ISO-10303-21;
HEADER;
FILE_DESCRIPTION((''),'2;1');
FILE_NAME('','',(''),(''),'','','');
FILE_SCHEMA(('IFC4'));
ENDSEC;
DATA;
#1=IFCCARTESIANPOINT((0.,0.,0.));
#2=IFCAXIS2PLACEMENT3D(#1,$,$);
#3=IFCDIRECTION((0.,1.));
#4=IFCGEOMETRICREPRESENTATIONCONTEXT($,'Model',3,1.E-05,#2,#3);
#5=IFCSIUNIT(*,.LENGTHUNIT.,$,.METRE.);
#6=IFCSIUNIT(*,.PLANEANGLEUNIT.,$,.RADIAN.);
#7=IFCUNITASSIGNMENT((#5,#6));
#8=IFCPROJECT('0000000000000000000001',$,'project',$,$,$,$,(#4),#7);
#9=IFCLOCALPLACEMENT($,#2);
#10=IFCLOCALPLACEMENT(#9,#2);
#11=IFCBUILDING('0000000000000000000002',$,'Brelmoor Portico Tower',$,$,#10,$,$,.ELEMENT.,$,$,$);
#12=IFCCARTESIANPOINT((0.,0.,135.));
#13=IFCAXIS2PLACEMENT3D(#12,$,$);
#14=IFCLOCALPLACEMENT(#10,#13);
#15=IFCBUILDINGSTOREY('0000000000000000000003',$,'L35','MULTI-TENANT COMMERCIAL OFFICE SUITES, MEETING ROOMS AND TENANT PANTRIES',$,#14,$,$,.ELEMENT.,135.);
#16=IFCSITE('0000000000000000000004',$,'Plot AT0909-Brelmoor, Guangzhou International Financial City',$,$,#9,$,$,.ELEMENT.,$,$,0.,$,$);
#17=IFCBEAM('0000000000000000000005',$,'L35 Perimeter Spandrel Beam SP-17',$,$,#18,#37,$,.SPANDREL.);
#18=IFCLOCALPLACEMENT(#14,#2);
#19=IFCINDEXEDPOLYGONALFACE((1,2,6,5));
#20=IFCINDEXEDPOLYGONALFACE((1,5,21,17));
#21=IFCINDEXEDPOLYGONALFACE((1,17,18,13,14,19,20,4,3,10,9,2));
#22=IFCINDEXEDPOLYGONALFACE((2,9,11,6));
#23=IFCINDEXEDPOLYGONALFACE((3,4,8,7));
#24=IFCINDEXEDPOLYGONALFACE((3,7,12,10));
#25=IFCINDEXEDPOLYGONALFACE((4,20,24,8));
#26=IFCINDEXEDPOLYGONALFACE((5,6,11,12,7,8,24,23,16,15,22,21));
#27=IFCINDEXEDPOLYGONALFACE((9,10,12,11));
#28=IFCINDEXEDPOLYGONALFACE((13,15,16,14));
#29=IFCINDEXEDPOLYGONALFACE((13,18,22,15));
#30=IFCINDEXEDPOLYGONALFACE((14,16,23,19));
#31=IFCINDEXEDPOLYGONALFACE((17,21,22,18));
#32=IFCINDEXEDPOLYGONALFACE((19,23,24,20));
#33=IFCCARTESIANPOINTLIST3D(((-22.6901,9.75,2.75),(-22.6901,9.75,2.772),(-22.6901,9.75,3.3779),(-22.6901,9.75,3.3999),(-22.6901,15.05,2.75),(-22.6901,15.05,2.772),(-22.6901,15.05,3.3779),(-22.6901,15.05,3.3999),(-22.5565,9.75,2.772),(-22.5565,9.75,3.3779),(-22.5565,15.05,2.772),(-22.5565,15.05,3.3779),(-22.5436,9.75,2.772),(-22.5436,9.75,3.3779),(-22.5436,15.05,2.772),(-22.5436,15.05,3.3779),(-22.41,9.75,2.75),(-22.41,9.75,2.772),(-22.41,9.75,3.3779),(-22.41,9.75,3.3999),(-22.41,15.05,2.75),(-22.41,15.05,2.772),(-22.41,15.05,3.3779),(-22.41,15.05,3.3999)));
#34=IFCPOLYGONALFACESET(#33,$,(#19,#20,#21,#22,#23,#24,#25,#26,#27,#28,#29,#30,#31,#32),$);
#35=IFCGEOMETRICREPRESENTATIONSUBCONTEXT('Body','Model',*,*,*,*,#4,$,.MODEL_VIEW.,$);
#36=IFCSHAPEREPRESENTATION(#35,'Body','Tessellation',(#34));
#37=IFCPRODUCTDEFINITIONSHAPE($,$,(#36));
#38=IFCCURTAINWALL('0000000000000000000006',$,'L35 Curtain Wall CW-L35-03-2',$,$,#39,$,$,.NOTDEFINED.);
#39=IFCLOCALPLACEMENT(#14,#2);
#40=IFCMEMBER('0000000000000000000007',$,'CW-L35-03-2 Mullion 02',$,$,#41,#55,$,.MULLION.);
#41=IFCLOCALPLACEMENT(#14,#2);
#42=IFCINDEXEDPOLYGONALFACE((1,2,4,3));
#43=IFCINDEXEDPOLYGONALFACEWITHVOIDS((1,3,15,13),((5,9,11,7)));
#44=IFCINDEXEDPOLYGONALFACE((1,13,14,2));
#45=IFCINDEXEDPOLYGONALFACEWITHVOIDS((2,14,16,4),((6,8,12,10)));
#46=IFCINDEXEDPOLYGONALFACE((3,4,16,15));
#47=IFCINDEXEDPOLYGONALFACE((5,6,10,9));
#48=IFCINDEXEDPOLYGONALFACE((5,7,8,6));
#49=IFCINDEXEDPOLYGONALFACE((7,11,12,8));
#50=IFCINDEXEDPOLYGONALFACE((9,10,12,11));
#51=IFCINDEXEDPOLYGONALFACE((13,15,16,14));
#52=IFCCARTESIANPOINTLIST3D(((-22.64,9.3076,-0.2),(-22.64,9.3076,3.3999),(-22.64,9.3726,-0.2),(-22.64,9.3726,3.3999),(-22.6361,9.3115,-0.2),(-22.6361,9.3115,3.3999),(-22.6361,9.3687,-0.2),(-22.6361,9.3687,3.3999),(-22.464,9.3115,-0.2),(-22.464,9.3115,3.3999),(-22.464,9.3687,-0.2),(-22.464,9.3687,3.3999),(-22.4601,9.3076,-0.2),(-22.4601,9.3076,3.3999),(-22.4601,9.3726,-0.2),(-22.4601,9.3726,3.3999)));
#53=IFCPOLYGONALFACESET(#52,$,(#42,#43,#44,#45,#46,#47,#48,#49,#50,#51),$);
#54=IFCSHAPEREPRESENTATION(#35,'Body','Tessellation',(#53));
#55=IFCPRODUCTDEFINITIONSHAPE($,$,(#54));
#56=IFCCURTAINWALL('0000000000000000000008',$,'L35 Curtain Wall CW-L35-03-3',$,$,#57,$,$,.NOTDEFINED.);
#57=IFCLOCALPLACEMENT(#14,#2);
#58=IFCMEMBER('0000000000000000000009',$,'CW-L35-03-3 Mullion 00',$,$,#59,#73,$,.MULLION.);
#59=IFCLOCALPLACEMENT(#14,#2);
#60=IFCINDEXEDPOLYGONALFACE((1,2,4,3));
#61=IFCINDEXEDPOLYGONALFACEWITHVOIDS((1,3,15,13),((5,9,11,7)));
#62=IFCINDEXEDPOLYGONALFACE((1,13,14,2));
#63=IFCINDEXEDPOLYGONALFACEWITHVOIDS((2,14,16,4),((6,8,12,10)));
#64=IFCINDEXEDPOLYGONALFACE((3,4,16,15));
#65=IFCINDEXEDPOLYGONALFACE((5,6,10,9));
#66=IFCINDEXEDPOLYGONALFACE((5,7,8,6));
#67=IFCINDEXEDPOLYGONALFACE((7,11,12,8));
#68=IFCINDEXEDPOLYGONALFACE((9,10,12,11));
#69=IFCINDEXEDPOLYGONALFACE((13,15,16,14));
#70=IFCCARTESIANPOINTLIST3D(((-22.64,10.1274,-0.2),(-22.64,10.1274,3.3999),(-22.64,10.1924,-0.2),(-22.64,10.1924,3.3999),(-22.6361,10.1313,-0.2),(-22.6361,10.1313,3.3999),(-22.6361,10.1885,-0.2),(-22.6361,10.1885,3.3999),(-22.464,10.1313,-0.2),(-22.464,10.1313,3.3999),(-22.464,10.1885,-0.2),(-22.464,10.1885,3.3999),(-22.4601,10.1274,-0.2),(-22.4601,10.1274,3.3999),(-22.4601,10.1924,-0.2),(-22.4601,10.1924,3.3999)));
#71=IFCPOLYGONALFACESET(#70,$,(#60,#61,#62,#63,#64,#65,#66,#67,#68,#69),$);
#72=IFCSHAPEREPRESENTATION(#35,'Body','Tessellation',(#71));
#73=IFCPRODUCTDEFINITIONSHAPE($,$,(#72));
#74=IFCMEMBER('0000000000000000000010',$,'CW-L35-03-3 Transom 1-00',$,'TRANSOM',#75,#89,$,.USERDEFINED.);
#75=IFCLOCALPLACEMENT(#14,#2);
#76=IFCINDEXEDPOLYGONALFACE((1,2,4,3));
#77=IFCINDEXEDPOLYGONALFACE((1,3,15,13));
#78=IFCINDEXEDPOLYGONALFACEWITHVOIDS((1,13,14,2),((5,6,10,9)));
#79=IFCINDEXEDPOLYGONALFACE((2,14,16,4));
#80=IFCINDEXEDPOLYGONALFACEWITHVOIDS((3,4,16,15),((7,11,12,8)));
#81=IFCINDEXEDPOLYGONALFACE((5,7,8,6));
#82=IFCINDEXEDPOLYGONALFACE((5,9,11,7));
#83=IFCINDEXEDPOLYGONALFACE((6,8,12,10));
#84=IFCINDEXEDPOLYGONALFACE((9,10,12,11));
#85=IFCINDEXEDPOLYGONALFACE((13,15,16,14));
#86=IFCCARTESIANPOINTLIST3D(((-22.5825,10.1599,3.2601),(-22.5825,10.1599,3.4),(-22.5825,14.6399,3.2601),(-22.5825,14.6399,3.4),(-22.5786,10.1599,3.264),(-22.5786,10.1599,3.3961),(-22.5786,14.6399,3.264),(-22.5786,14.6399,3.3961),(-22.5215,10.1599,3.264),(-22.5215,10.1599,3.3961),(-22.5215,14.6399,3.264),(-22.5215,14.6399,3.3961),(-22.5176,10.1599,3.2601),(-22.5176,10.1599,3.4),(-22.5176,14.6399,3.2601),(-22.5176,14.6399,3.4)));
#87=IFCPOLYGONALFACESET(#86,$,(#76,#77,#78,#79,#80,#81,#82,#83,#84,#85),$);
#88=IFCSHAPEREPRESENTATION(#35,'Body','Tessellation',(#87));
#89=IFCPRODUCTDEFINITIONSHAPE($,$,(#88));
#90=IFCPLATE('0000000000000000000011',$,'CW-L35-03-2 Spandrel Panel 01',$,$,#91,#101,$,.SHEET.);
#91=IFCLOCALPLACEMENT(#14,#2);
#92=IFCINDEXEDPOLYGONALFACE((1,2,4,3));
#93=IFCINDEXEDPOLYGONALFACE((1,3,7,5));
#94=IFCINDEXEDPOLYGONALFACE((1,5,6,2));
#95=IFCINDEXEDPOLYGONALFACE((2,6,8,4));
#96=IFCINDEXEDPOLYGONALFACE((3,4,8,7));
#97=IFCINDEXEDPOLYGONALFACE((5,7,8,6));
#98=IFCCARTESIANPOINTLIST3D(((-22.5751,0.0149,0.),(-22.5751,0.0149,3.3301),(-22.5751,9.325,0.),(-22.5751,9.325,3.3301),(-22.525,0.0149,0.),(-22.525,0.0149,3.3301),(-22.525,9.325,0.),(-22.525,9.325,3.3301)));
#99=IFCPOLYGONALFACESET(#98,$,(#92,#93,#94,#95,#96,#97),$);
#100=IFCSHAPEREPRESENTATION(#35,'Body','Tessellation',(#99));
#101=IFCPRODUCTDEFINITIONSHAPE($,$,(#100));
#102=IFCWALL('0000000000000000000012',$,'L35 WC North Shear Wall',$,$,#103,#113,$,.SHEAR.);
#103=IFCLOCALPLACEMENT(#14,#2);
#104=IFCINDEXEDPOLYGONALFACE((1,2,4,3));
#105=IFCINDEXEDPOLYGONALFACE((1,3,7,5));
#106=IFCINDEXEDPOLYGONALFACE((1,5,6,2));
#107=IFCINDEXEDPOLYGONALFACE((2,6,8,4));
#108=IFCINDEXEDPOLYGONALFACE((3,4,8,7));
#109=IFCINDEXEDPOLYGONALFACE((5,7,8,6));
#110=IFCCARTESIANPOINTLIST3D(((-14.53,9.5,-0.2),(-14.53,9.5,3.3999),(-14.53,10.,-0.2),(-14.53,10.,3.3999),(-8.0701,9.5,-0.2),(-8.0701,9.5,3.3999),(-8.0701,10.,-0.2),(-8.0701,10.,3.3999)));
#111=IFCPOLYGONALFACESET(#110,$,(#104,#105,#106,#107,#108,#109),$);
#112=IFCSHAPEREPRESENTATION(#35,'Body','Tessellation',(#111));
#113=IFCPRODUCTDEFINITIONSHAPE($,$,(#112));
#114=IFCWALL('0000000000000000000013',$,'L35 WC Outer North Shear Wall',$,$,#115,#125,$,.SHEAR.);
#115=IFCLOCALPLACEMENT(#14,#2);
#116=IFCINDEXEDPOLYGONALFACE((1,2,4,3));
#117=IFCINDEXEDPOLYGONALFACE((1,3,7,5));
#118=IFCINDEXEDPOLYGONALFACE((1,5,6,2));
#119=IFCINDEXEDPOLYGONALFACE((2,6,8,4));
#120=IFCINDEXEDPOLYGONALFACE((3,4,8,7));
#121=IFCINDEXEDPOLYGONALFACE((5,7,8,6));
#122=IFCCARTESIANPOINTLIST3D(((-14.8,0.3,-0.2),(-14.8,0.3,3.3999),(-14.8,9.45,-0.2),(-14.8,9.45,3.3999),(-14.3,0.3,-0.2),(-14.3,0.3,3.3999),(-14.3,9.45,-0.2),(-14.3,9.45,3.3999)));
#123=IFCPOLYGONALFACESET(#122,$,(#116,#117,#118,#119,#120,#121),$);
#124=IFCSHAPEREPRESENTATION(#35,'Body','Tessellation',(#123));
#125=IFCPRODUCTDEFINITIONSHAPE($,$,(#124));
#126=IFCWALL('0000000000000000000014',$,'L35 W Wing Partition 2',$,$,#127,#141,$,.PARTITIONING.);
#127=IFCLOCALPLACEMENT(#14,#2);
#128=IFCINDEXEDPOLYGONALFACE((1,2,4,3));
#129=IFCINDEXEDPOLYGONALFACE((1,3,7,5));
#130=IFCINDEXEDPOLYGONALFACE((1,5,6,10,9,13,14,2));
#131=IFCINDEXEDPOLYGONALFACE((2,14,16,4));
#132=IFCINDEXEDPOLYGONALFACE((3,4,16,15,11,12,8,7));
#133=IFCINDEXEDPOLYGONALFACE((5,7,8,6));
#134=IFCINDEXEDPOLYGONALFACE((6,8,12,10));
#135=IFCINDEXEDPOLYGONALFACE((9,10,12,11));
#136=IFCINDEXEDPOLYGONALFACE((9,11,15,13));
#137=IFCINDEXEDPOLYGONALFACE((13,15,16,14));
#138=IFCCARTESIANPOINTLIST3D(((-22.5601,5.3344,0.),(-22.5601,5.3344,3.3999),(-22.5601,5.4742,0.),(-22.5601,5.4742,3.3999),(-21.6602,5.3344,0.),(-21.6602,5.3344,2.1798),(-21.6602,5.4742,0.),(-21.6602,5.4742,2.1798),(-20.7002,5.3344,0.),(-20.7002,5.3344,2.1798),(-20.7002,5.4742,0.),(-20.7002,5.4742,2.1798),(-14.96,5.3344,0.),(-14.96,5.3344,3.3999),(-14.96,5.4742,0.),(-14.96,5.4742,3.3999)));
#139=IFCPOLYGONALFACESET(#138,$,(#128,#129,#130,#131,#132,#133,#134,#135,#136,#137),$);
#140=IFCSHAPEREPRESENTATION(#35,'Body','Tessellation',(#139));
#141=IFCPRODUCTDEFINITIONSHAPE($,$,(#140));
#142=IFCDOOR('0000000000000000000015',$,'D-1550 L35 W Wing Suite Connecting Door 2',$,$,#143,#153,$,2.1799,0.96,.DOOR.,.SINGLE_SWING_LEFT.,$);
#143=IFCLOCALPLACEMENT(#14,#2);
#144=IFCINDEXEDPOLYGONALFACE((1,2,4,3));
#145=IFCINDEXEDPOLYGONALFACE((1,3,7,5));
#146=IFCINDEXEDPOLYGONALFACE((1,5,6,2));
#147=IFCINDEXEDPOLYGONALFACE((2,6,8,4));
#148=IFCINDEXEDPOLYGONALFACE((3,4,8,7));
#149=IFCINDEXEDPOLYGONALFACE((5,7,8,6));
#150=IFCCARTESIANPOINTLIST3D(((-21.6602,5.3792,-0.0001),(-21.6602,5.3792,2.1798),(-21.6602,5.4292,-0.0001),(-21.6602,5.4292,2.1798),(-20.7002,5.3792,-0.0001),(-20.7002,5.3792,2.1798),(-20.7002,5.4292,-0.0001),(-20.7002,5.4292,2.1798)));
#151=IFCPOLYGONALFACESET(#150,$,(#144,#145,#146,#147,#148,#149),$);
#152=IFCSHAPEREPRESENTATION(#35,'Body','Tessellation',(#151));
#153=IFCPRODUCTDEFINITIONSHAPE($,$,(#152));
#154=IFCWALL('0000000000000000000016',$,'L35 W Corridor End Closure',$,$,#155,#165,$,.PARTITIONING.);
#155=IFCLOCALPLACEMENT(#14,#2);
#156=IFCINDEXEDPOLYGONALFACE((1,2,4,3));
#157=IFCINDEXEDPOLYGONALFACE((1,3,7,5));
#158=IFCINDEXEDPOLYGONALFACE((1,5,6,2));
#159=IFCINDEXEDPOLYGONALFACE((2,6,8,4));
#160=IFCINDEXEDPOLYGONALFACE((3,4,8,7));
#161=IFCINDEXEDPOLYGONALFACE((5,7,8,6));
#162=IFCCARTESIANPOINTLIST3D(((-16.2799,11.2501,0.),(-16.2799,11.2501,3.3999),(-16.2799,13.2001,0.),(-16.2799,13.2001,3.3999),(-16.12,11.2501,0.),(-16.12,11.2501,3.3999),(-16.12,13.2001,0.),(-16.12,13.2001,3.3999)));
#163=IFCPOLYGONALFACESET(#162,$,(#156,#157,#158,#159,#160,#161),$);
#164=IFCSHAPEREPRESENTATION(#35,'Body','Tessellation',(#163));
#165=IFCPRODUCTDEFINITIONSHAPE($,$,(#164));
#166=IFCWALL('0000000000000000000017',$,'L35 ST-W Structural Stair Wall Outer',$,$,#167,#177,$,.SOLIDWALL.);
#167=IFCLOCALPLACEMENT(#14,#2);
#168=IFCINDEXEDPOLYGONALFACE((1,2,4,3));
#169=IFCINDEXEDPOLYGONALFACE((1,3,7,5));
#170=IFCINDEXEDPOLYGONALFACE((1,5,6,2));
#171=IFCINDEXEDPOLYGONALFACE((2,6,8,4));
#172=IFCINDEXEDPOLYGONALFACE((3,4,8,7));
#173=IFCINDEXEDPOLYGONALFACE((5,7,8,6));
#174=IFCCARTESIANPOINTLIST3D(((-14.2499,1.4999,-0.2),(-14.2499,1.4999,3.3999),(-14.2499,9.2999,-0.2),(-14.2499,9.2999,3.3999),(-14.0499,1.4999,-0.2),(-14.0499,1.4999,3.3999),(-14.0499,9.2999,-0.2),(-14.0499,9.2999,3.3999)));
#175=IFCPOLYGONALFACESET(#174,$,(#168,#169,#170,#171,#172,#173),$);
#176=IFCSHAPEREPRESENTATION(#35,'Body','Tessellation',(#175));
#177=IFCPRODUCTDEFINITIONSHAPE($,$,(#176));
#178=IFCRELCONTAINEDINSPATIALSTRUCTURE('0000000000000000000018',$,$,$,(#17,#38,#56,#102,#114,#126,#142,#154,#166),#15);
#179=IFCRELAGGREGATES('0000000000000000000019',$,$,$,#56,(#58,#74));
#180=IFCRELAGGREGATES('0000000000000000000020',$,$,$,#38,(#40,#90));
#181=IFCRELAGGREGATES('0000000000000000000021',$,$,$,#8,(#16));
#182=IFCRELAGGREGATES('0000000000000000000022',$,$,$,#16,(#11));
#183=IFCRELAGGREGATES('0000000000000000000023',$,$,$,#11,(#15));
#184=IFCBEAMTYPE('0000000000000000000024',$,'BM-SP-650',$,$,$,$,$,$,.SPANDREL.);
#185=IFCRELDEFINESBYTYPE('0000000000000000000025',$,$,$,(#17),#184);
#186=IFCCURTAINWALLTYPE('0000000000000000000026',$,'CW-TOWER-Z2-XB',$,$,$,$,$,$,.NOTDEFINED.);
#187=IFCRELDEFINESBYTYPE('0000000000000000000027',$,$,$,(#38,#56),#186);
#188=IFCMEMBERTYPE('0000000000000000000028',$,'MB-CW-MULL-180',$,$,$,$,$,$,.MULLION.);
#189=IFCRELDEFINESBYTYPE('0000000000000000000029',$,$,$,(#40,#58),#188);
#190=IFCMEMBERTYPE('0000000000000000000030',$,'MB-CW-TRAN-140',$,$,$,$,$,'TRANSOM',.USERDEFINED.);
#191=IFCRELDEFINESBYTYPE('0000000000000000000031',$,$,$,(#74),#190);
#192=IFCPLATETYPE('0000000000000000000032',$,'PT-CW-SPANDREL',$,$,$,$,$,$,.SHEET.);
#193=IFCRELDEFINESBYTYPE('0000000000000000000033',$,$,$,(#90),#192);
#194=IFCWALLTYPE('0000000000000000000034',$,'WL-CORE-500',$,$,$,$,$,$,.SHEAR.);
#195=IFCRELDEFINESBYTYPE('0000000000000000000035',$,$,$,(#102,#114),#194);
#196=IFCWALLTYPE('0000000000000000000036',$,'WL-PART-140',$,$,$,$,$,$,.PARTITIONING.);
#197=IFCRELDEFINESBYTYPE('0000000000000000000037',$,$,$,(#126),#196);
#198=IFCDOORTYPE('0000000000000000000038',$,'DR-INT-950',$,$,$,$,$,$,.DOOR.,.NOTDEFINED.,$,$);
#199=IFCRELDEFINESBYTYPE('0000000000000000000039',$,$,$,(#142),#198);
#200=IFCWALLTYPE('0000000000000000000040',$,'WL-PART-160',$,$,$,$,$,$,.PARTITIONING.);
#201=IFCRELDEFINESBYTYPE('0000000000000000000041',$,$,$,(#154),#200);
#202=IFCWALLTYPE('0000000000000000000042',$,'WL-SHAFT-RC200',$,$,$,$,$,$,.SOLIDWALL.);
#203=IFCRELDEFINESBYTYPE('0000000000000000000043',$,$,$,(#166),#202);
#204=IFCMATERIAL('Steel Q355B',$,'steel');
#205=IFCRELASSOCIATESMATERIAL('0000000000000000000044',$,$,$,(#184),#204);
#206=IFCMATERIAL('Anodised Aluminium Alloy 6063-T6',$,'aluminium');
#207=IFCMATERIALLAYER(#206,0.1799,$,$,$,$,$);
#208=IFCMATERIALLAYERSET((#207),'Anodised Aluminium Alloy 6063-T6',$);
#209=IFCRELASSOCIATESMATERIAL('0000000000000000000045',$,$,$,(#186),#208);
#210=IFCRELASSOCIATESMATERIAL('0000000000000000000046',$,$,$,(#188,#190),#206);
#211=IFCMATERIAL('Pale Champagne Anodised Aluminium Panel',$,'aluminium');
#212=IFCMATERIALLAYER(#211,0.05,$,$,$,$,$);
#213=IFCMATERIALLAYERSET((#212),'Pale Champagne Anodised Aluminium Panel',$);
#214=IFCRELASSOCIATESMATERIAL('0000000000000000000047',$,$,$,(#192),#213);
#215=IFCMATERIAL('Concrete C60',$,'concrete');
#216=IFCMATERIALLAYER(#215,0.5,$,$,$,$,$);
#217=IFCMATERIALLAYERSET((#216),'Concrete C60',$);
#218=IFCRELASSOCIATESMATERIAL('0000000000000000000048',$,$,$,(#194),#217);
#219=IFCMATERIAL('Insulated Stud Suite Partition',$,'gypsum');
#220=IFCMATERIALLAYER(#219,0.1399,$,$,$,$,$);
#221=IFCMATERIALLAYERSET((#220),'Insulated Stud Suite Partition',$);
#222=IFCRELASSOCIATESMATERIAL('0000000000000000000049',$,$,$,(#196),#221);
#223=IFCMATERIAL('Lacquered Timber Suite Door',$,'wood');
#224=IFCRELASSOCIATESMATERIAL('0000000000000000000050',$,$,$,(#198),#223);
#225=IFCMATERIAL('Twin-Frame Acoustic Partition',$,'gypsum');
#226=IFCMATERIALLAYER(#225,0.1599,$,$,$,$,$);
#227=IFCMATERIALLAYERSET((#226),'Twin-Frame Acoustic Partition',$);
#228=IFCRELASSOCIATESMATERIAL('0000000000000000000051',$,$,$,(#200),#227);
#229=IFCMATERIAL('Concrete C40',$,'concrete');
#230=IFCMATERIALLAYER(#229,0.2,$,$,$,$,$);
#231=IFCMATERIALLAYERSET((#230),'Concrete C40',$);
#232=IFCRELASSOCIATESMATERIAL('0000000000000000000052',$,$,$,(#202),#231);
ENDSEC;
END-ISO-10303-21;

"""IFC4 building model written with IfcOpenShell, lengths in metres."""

from ifc_helpers import new_model, si_unit, direction, frame, frame_2d, origin, origin_2d, place, context, subcontext, project, spatial, rectangle, hollow_rectangle, i_section, extrude, material, layer, layer_set, material_profile, profile_set, type_object, element, fill, aggregate, save


model = new_model("IFC4")

# Units and contexts
model_context = context("Model", 3, precision=1e-05, world=origin(), true_north=direction((0.0, 1.0)))
body_context = subcontext(model_context, "Body", "Model", "MODEL_VIEW")
ifc_project = project(units=[si_unit("LENGTHUNIT", "METRE"), si_unit("PLANEANGLEUNIT", "RADIAN")], contexts=[model_context])

# Site, building, storey
site_placement = place(None, origin())
site = spatial("IfcSite", under=ifc_project, at=site_placement, Name="Plot AT0909-Brelmoor, Guangzhou International Financial City", CompositionType="ELEMENT", RefElevation=0.0)
building_placement = place(site_placement, origin())
building = spatial("IfcBuilding", under=site, at=building_placement, Name="Brelmoor Portico Tower", CompositionType="ELEMENT")
storey_placement = place(building_placement, frame((0.0, 0.0, 135.0)))
storey = spatial("IfcBuildingStorey", under=building, at=storey_placement, Name="L35", Description="MULTI-TENANT COMMERCIAL OFFICE SUITES, MEETING ROOMS AND TENANT PANTRIES", CompositionType="ELEMENT", Elevation=135.0)

# Shared definitions
ifc_material_1 = material(Name="Steel Q355B", Category="steel")

# Beam
ifc_material_profile_1 = material_profile(ifc_material_1, i_section(OverallWidth=0.28, OverallDepth=0.6499, WebThickness=0.0129, FlangeThickness=0.022, at=origin_2d()), Name="HN 650x280x13x22")
ifc_profile_set_1 = profile_set([ifc_material_profile_1], Name="Steel Q355B")
beam_type_1 = type_object("IfcBeamType", Name="BM-SP-650", PredefinedType="SPANDREL", material=ifc_profile_set_1)
beam_1_placement = place(storey_placement, frame((-22.55, 9.75, 3.075), z_axis=(0.0, 1.0, 0.0), x_axis=(-1.0, 0.0, 0.0)))
element("IfcBeam", 1, at=beam_1_placement, inside=storey, type_object=beam_type_1, Name="L35 Perimeter Spandrel Beam SP-17", PredefinedType="SPANDREL", context=body_context, shape_type="SweptSolid", body=[
    extrude(i_section(OverallWidth=0.28, OverallDepth=0.6499, WebThickness=0.0129, FlangeThickness=0.022, at=origin_2d()), origin(), (0.0, 0.0, 1.0), 5.3),
])

# Curtain wall, member
ifc_material_2 = material(Name="Anodised Aluminium Alloy 6063-T6", Category="aluminium")
ifc_layer_1 = layer(ifc_material_2, 0.1799)
ifc_layer_set_1 = layer_set([ifc_layer_1], Name="Anodised Aluminium Alloy 6063-T6")
curtain_wall_type = type_object("IfcCurtainWallType", Name="CW-TOWER-Z2-XB", PredefinedType="NOTDEFINED", material=ifc_layer_set_1)
curtain_wall_1_placement = place(storey_placement, origin())
curtain_wall_1 = element("IfcCurtainWall", 2, at=curtain_wall_1_placement, inside=storey, type_object=curtain_wall_type, Name="L35 Curtain Wall CW-L35-03-2", PredefinedType="NOTDEFINED")
ifc_material_profile_2 = material_profile(ifc_material_2, hollow_rectangle(XDim=0.0649, YDim=0.1799, WallThickness=0.0039, at=origin_2d()), Name="ALU MULLION 65x180")
ifc_profile_set_2 = profile_set([ifc_material_profile_2], Name="Anodised Aluminium Alloy 6063-T6")
member_type_1 = type_object("IfcMemberType", Name="MB-CW-MULL-180", PredefinedType="MULLION", material=ifc_profile_set_2)
member_1_placement = place(storey_placement, frame((-22.55, 9.3401, -0.2), z_axis=(0.0, 0.0, 1.0), x_axis=(0.0, 1.0, 0.0)))
member_1 = element("IfcMember", 3, at=member_1_placement, type_object=member_type_1, Name="CW-L35-03-2 Mullion 02", PredefinedType="MULLION", context=body_context, shape_type="SweptSolid", body=[
    extrude(hollow_rectangle(XDim=0.0649, YDim=0.1799, WallThickness=0.0039, at=origin_2d()), origin(), (0.0, 0.0, 1.0), 3.5999),
])

# Curtain wall, members
curtain_wall_2_placement = place(storey_placement, origin())
curtain_wall_2 = element("IfcCurtainWall", 4, at=curtain_wall_2_placement, inside=storey, type_object=curtain_wall_type, Name="L35 Curtain Wall CW-L35-03-3", PredefinedType="NOTDEFINED")
member_2_placement = place(storey_placement, frame((-22.55, 10.1599, -0.2), z_axis=(0.0, 0.0, 1.0), x_axis=(0.0, 1.0, 0.0)))
member_2 = element("IfcMember", 5, at=member_2_placement, type_object=member_type_1, Name="CW-L35-03-3 Mullion 00", PredefinedType="MULLION", context=body_context, shape_type="SweptSolid", body=[
    extrude(hollow_rectangle(XDim=0.0649, YDim=0.1799, WallThickness=0.0039, at=origin_2d()), origin(), (0.0, 0.0, 1.0), 3.5999),
])
ifc_material_profile_3 = material_profile(ifc_material_2, hollow_rectangle(XDim=0.0649, YDim=0.1399, WallThickness=0.0039, at=origin_2d()), Name="ALU TRANSOM 65x140")
ifc_profile_set_3 = profile_set([ifc_material_profile_3], Name="Anodised Aluminium Alloy 6063-T6")
member_type_2 = type_object("IfcMemberType", Name="MB-CW-TRAN-140", ElementType="TRANSOM", PredefinedType="USERDEFINED", material=ifc_profile_set_3)
member_3_placement = place(storey_placement, frame((-22.55, 10.1599, 3.3301), z_axis=(0.0, 1.0, 0.0), x_axis=(-1.0, 0.0, 0.0)))
member_3 = element("IfcMember", 6, at=member_3_placement, type_object=member_type_2, Name="CW-L35-03-3 Transom 1-00", ObjectType="TRANSOM", PredefinedType="USERDEFINED", context=body_context, shape_type="SweptSolid", body=[
    extrude(hollow_rectangle(XDim=0.0649, YDim=0.1399, WallThickness=0.0039, at=origin_2d()), origin(), (0.0, 0.0, 1.0), 4.48),
])
aggregate(curtain_wall_2, [member_2, member_3])

# Plate
ifc_material_3 = material(Name="Pale Champagne Anodised Aluminium Panel", Category="aluminium")
ifc_layer_2 = layer(ifc_material_3, 0.05)
ifc_layer_set_2 = layer_set([ifc_layer_2], Name="Pale Champagne Anodised Aluminium Panel")
plate_type = type_object("IfcPlateType", Name="PT-CW-SPANDREL", PredefinedType="SHEET", material=ifc_layer_set_2)
plate_placement = place(storey_placement, frame((-22.55, 4.6699, 0.0), z_axis=(0.0, 0.0, 1.0), x_axis=(0.0, 1.0, 0.0)))
plate = element("IfcPlate", 7, at=plate_placement, type_object=plate_type, Name="CW-L35-03-2 Spandrel Panel 01", PredefinedType="SHEET", context=body_context, shape_type="SweptSolid", body=[
    extrude(rectangle(XDim=9.3101, YDim=0.05, at=origin_2d()), origin(), (0.0, 0.0, 1.0), 3.3301),
])
aggregate(curtain_wall_1, [member_1, plate])

# Walls
ifc_material_4 = material(Name="Concrete C60", Category="concrete")
ifc_layer_3 = layer(ifc_material_4, 0.5)
ifc_layer_set_3 = layer_set([ifc_layer_3], Name="Concrete C60")
wall_type_1 = type_object("IfcWallType", Name="WL-CORE-500", PredefinedType="SHEAR", material=ifc_layer_set_3)
wall_1_placement = place(storey_placement, frame((-14.53, 9.75, -0.2), z_axis=(0.0, 0.0, 1.0), x_axis=(1.0, 0.0, 0.0)))
element("IfcWall", 8, at=wall_1_placement, inside=storey, type_object=wall_type_1, Name="L35 WC North Shear Wall", PredefinedType="SHEAR", context=body_context, shape_type="SweptSolid", body=[
    extrude(rectangle(XDim=6.46, YDim=0.5, at=frame_2d((3.23, 0.0))), origin(), (0.0, 0.0, 1.0), 3.5999),
])
wall_2_placement = place(storey_placement, frame((-14.55, 0.3, -0.2), z_axis=(0.0, 0.0, 1.0), x_axis=(0.0, 1.0, 0.0)))
element("IfcWall", 9, at=wall_2_placement, inside=storey, type_object=wall_type_1, Name="L35 WC Outer North Shear Wall", PredefinedType="SHEAR", context=body_context, shape_type="SweptSolid", body=[
    extrude(rectangle(XDim=9.1499, YDim=0.5, at=frame_2d((4.575, 0.0))), origin(), (0.0, 0.0, 1.0), 3.5999),
])

# Wall, opening, door
ifc_material_5 = material(Name="Insulated Stud Suite Partition", Category="gypsum")
ifc_layer_4 = layer(ifc_material_5, 0.1399)
ifc_layer_set_4 = layer_set([ifc_layer_4], Name="Insulated Stud Suite Partition")
wall_type_2 = type_object("IfcWallType", Name="WL-PART-140", PredefinedType="PARTITIONING", material=ifc_layer_set_4)
wall_3_placement = place(storey_placement, frame((-22.5601, 5.4043, 0.0), z_axis=(0.0, 0.0, 1.0), x_axis=(1.0, 0.0, 0.0)))
wall_3 = element("IfcWall", 10, at=wall_3_placement, inside=storey, type_object=wall_type_2, Name="L35 W Wing Partition 2", PredefinedType="PARTITIONING", context=body_context, shape_type="SweptSolid", body=[
    extrude(rectangle(XDim=7.6001, YDim=0.1399, at=frame_2d((3.8, 0.0))), origin(), (0.0, 0.0, 1.0), 3.3999),
])
opening_1_placement = place(wall_3_placement, frame((0.8999, 0.0, 0.0)))
opening_1 = element("IfcOpeningElement", 11, at=opening_1_placement, cuts=wall_3, PredefinedType="OPENING", context=body_context, shape_type="SweptSolid", body=[
    extrude(rectangle(XDim=0.96, YDim=2.1799, at=frame_2d((0.48, 1.0898))), frame((0.0, 0.0798, 0.0), z_axis=(0.0, -1.0, 0.0), x_axis=(1.0, 0.0, 0.0)), (0.0, 0.0, 1.0), 0.1599),
])
ifc_material_6 = material(Name="Lacquered Timber Suite Door", Category="wood")
door_type_1 = type_object("IfcDoorType", Name="DR-INT-950", OperationType="NOTDEFINED", PredefinedType="DOOR", material=ifc_material_6)
door_1_placement = place(opening_1_placement, origin())
door_1 = element("IfcDoor", 12, at=door_1_placement, inside=storey, type_object=door_type_1, Name="D-1550 L35 W Wing Suite Connecting Door 2", OperationType="SINGLE_SWING_LEFT", OverallHeight=2.1799, OverallWidth=0.96, PredefinedType="DOOR", context=body_context, shape_type="SweptSolid", body=[
    extrude(rectangle(XDim=0.96, YDim=2.1799, at=frame_2d((0.48, 1.0898))), frame((0.0, 0.0249, 0.0), z_axis=(0.0, -1.0, 0.0), x_axis=(1.0, 0.0, 0.0)), (0.0, 0.0, 1.0), 0.05),
])
fill(opening_1, door_1)
ifc_material_7 = material(Name="Twin-Frame Acoustic Partition", Category="gypsum")
ifc_layer_5 = layer(ifc_material_7, 0.1599)
ifc_layer_set_5 = layer_set([ifc_layer_5], Name="Twin-Frame Acoustic Partition")
wall_type_3 = type_object("IfcWallType", Name="WL-PART-160", PredefinedType="PARTITIONING", material=ifc_layer_set_5)

# Walls
wall_4_placement = place(storey_placement, frame((-16.2, 11.25, 0.0), z_axis=(0.0, 0.0, 1.0), x_axis=(0.0, 1.0, 0.0)))
element("IfcWall", 13, at=wall_4_placement, inside=storey, type_object=wall_type_3, Name="L35 W Corridor End Closure", PredefinedType="PARTITIONING", context=body_context, shape_type="SweptSolid", body=[
    extrude(rectangle(XDim=1.95, YDim=0.1599, at=frame_2d((0.9751, 0.0))), origin(), (0.0, 0.0, 1.0), 3.3999),
])
ifc_material_8 = material(Name="Concrete C40", Category="concrete")
ifc_layer_6 = layer(ifc_material_8, 0.2)
ifc_layer_set_6 = layer_set([ifc_layer_6], Name="Concrete C40")
wall_type_4 = type_object("IfcWallType", Name="WL-SHAFT-RC200", PredefinedType="SOLIDWALL", material=ifc_layer_set_6)
wall_5_placement = place(storey_placement, frame((-14.1499, 1.5, -0.2), z_axis=(0.0, 0.0, 1.0), x_axis=(0.0, 1.0, 0.0)))
element("IfcWall", 14, at=wall_5_placement, inside=storey, type_object=wall_type_4, Name="L35 ST-W Structural Stair Wall Outer", PredefinedType="SOLIDWALL", context=body_context, shape_type="SweptSolid", body=[
    extrude(rectangle(XDim=7.8, YDim=0.2, at=frame_2d((3.8999, 0.0))), origin(), (0.0, 0.0, 1.0), 3.5999),
])

save(model, "model.ifc")
